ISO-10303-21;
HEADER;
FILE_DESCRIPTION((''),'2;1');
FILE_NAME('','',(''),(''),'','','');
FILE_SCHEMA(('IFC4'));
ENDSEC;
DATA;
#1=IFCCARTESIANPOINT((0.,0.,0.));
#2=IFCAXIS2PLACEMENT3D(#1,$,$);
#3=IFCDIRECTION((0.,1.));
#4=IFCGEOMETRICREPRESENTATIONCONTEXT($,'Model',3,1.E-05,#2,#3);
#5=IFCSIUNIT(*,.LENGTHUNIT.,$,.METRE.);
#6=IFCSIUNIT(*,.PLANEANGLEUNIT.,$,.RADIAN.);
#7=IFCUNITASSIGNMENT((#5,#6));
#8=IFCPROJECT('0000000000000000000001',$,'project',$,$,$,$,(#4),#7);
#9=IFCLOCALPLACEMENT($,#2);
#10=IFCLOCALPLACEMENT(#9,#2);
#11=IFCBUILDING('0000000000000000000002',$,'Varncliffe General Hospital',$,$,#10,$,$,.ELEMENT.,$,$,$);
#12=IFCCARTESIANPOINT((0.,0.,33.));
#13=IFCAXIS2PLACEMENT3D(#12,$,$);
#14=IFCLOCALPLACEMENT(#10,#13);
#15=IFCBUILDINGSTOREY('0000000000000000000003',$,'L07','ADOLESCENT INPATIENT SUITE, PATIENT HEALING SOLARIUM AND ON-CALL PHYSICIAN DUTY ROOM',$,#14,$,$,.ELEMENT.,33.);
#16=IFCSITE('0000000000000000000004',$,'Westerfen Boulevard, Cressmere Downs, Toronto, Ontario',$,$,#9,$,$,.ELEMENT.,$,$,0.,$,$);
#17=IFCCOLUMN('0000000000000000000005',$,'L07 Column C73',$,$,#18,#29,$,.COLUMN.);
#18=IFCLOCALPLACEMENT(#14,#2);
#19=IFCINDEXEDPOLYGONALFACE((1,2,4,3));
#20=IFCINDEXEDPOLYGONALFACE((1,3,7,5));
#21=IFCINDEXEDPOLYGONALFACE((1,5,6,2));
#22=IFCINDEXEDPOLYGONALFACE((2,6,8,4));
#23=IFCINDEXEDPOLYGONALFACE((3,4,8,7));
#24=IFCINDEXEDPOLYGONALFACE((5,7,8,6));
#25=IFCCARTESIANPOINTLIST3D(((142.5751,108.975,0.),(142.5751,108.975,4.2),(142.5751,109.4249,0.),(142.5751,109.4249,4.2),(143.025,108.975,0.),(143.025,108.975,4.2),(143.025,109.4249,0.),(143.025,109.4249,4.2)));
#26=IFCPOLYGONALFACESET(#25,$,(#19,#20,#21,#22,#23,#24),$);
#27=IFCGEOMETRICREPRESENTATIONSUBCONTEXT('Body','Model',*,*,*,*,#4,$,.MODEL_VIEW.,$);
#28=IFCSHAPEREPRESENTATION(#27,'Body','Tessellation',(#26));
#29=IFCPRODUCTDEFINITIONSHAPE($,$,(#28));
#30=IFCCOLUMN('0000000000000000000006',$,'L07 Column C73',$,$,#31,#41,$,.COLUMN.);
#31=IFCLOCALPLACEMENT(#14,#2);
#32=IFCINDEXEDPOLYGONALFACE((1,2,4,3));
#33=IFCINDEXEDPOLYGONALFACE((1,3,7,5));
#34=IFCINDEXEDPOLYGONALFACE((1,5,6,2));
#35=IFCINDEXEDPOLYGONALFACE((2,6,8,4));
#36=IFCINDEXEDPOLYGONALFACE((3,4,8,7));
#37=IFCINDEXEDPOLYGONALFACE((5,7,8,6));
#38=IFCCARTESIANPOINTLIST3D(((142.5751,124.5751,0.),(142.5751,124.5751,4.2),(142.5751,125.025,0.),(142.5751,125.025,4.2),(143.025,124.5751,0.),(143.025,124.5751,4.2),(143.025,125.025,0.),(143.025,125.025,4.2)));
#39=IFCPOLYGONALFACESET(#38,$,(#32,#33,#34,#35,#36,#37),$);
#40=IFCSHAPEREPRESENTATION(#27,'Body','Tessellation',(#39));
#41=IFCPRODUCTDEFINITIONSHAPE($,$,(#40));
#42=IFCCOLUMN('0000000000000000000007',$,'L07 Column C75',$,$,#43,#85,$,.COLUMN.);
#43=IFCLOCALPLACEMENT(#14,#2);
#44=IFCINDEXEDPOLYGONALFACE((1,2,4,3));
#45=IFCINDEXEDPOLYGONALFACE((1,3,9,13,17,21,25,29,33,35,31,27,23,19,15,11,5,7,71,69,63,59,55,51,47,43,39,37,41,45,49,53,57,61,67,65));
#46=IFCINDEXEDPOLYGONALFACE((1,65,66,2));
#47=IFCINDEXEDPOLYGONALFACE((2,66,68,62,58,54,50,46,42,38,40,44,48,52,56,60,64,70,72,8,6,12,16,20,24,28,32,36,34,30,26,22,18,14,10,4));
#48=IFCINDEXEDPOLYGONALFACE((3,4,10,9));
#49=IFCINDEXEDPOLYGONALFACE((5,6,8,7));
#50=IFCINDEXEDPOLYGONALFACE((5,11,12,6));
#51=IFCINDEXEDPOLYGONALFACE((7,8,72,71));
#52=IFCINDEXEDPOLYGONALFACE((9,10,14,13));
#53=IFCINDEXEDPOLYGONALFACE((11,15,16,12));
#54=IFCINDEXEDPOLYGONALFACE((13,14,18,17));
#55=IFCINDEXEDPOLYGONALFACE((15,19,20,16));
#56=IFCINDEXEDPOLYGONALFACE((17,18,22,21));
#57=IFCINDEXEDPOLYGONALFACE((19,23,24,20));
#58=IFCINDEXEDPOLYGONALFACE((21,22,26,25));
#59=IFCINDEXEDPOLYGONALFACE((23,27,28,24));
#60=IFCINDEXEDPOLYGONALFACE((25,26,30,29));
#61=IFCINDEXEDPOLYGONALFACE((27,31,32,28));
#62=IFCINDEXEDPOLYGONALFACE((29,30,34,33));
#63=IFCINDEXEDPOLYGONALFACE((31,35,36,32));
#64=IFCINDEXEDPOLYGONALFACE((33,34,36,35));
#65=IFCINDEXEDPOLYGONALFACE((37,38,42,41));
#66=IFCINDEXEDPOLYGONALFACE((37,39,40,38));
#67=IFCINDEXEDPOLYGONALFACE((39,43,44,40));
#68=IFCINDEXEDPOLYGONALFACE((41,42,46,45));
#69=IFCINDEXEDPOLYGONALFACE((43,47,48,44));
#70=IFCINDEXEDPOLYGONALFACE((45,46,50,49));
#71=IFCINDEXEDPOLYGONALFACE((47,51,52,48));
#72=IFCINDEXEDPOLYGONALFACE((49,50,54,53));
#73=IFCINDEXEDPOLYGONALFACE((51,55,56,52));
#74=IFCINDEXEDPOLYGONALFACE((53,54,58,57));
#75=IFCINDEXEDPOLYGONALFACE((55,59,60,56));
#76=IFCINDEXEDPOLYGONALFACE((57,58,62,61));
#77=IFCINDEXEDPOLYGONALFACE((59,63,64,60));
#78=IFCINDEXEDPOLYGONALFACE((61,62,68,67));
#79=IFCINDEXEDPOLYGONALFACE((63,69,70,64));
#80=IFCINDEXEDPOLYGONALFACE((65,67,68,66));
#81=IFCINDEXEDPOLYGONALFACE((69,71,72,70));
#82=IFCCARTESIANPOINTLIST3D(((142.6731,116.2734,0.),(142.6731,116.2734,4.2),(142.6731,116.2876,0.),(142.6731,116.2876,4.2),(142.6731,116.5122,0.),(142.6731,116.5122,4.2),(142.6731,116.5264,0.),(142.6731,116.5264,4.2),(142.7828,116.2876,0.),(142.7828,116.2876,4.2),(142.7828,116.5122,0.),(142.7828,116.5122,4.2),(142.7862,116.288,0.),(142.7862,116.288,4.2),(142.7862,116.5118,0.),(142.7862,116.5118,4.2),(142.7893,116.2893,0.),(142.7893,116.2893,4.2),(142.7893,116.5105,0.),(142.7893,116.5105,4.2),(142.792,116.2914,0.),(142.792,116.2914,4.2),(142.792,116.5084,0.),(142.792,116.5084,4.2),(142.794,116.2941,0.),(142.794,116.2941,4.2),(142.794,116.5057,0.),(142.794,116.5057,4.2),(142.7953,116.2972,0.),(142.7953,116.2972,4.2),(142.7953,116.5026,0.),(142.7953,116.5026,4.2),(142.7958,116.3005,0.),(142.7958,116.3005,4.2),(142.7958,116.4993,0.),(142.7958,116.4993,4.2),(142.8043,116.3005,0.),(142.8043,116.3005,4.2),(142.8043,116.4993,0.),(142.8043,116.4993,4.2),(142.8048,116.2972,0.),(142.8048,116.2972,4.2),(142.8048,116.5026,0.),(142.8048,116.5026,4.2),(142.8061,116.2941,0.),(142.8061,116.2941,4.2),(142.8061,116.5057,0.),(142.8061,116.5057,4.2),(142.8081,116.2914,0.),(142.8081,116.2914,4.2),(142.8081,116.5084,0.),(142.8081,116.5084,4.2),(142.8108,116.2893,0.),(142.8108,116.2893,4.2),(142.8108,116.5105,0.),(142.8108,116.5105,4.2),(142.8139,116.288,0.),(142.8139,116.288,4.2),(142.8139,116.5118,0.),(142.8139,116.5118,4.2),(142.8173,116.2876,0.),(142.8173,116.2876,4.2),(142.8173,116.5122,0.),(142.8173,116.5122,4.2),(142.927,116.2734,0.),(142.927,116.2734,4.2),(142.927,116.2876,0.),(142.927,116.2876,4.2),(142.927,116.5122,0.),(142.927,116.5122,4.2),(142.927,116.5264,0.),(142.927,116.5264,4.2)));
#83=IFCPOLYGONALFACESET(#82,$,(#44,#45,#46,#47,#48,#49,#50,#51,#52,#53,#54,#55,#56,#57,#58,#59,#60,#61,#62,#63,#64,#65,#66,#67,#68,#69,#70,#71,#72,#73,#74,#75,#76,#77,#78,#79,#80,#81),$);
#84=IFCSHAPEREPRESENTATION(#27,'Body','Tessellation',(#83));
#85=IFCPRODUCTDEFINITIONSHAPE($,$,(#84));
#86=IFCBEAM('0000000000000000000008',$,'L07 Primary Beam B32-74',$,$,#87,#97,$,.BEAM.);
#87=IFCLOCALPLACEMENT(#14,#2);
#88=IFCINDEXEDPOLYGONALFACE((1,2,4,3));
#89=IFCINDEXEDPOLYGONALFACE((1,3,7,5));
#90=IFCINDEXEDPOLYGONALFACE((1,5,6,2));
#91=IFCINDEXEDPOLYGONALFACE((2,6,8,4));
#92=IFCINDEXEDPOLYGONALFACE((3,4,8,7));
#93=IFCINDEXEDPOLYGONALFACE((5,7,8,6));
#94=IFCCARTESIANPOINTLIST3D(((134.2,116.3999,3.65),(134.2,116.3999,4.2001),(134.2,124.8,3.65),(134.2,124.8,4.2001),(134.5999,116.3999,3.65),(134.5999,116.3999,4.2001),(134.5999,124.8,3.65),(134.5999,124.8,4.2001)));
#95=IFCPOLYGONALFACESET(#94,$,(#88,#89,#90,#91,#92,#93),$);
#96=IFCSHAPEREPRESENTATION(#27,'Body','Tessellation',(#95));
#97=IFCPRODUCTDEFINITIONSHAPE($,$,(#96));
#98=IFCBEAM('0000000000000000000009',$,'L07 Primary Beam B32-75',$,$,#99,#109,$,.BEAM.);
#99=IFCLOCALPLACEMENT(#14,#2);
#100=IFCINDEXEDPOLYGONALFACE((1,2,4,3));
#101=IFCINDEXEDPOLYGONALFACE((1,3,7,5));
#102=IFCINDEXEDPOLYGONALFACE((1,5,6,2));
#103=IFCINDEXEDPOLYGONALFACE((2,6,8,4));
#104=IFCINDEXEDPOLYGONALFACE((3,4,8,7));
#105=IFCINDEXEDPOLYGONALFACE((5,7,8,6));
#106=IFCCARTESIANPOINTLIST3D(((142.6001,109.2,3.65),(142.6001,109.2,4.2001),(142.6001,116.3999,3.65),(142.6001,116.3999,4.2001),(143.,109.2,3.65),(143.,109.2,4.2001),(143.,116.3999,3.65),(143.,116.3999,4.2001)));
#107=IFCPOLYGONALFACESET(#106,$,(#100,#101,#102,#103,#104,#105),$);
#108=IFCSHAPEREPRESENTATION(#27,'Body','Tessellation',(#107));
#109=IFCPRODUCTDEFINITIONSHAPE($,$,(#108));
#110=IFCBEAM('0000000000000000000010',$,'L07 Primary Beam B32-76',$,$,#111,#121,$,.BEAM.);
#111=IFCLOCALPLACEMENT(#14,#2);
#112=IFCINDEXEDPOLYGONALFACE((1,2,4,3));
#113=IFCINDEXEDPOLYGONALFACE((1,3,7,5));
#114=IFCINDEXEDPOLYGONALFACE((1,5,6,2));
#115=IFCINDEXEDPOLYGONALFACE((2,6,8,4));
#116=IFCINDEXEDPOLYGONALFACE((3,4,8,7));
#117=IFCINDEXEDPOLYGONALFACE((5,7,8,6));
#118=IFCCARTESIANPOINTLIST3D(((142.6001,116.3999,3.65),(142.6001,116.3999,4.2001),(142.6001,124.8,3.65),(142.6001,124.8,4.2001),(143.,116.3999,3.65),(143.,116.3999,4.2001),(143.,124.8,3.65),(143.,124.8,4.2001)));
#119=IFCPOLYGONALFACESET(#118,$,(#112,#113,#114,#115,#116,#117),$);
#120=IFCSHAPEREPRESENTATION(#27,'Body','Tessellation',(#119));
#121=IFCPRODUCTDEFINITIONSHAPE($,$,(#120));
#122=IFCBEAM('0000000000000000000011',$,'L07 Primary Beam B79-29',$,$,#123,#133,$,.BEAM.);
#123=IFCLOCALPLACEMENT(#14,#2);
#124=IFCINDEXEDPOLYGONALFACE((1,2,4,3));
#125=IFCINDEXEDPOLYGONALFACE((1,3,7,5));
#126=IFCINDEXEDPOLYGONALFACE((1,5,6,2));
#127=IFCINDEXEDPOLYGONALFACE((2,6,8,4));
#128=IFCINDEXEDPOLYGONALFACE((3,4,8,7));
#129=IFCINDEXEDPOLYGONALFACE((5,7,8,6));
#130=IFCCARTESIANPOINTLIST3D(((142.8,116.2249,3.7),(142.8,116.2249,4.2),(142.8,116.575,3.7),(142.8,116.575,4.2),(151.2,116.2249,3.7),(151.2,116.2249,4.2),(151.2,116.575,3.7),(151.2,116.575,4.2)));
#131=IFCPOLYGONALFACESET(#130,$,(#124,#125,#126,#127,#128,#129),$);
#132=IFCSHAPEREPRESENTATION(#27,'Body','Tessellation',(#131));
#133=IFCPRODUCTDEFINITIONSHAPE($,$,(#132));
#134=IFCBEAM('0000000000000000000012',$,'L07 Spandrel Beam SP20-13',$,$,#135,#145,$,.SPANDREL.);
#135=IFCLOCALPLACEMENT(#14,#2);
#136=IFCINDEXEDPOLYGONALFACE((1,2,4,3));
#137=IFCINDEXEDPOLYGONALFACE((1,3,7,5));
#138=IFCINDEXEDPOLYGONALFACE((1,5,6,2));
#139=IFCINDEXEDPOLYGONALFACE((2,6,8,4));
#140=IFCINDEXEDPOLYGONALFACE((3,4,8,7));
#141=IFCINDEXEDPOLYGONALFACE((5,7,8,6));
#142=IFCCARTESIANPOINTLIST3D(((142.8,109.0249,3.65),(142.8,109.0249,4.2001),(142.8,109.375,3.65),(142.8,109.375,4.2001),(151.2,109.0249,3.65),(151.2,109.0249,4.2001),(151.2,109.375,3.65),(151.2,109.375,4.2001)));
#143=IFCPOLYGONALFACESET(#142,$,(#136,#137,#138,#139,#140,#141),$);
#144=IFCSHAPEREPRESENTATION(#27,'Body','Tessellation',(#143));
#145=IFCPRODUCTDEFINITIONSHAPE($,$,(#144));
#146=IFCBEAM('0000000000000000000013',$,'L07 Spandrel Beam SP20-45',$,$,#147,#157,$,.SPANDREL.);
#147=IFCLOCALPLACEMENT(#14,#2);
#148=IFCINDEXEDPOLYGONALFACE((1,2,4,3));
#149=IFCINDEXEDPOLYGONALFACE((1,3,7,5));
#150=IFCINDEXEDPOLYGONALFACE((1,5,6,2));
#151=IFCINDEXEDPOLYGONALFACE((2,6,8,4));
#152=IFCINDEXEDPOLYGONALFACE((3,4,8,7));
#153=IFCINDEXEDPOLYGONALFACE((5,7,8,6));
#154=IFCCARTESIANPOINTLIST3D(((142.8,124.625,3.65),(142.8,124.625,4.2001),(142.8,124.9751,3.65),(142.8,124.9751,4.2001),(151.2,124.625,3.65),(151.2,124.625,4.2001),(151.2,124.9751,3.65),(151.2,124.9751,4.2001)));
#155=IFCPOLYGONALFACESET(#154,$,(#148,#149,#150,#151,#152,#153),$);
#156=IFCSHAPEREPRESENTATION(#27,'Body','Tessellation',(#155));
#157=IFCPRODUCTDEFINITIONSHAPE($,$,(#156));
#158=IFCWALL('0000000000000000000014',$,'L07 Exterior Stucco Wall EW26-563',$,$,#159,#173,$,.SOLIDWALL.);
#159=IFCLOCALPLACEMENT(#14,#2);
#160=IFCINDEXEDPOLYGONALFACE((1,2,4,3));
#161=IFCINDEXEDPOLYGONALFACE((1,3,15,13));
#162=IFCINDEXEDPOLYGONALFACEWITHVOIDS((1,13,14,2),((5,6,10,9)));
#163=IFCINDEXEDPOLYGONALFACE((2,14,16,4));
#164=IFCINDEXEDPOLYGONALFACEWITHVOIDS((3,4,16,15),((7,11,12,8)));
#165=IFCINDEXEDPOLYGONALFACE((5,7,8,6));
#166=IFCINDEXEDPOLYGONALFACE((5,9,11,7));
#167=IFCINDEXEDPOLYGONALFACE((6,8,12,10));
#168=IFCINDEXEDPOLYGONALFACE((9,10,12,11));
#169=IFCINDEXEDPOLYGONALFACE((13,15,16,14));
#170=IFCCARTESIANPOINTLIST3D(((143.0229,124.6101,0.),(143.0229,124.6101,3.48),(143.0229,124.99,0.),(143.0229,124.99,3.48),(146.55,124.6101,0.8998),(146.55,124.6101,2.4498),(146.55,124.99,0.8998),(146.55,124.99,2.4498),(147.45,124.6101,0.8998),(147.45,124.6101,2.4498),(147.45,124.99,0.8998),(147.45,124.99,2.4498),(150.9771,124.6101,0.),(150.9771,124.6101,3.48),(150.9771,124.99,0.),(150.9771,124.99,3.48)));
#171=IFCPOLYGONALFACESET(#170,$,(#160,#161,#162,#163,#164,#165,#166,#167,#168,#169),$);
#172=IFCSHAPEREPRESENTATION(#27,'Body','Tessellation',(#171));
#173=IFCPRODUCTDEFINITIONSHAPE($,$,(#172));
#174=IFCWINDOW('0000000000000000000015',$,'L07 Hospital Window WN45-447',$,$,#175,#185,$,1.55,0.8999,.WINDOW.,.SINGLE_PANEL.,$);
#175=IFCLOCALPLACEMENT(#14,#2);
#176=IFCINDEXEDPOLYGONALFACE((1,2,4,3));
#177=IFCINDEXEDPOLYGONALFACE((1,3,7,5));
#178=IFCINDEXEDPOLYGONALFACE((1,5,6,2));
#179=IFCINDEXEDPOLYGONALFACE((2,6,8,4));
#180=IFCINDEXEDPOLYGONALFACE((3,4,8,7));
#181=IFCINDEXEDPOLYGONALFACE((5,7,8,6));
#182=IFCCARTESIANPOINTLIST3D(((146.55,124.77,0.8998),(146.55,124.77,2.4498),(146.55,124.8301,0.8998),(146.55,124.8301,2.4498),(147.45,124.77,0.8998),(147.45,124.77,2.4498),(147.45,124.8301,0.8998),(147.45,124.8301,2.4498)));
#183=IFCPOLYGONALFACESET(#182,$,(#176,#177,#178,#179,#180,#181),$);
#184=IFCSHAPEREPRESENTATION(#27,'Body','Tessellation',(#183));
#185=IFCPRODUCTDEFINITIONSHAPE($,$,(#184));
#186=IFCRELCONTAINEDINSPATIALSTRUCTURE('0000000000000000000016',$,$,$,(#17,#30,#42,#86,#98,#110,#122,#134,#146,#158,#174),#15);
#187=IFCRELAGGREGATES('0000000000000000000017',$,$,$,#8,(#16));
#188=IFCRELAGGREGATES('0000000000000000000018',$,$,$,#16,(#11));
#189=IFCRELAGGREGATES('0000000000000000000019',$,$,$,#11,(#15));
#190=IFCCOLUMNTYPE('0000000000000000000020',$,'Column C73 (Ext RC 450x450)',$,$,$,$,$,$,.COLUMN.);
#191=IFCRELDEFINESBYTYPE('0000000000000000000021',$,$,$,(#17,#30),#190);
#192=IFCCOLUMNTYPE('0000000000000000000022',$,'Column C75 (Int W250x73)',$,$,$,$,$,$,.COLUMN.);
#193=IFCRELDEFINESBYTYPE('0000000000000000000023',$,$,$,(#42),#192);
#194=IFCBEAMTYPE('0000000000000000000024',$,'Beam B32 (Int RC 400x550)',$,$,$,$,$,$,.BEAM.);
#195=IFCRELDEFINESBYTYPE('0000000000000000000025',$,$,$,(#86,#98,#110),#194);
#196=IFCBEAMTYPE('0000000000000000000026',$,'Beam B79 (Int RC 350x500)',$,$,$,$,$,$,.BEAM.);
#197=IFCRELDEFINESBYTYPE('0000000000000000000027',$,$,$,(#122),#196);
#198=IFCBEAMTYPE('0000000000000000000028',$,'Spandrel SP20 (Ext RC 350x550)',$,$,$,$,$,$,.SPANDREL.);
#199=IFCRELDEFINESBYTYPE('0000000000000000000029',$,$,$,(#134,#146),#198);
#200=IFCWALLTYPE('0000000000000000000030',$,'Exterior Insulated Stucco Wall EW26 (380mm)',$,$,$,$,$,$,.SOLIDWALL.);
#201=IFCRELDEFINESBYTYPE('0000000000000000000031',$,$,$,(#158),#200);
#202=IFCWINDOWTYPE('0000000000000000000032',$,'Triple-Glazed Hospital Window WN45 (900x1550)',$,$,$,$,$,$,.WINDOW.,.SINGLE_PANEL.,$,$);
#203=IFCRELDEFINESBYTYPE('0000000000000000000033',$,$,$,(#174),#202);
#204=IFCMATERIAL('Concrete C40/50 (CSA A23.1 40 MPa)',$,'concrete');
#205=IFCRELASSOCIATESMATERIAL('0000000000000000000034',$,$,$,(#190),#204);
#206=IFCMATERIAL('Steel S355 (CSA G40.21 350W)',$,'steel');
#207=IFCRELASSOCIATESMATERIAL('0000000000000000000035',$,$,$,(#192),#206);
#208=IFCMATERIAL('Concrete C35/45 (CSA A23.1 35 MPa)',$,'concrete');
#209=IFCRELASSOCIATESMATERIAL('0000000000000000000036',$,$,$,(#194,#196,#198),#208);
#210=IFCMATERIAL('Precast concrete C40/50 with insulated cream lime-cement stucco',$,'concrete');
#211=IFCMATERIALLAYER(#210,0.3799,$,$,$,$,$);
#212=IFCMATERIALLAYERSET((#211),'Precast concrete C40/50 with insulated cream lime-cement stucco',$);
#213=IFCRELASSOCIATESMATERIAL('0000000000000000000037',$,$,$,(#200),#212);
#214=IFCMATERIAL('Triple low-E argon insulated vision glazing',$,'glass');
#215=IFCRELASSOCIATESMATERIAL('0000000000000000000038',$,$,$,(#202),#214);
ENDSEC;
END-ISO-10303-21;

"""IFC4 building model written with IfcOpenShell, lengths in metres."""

from ifc_helpers import new_model, si_unit, direction, frame, frame_2d, origin, origin_2d, place, context, subcontext, project, spatial, rectangle, i_section, extrude, material, layer, layer_set, material_profile, profile_set, type_object, element, fill, save


model = new_model("IFC4")

# Units and contexts
model_context = context("Model", 3, precision=1e-05, world=origin(), true_north=direction((0.0, 1.0)))
body_context = subcontext(model_context, "Body", "Model", "MODEL_VIEW")
ifc_project = project(units=[si_unit("LENGTHUNIT", "METRE"), si_unit("PLANEANGLEUNIT", "RADIAN")], contexts=[model_context])

# Site, building, storey
site_placement = place(None, origin())
site = spatial("IfcSite", under=ifc_project, at=site_placement, Name="Westerfen Boulevard, Cressmere Downs, Toronto, Ontario", CompositionType="ELEMENT", RefElevation=0.0)
building_placement = place(site_placement, origin())
building = spatial("IfcBuilding", under=site, at=building_placement, Name="Varncliffe General Hospital", CompositionType="ELEMENT")
storey_placement = place(building_placement, frame((0.0, 0.0, 33.0)))
storey = spatial("IfcBuildingStorey", under=building, at=storey_placement, Name="L07", Description="ADOLESCENT INPATIENT SUITE, PATIENT HEALING SOLARIUM AND ON-CALL PHYSICIAN DUTY ROOM", CompositionType="ELEMENT", Elevation=33.0)

# Columns
ifc_material_1 = material(Name="Concrete C40/50 (CSA A23.1 40 MPa)", Category="concrete")
ifc_material_profile_1 = material_profile(ifc_material_1, rectangle(XDim=0.45, YDim=0.45, at=origin_2d()), Name="RC 450x450")
ifc_profile_set_1 = profile_set([ifc_material_profile_1], Name="Concrete C40/50 (CSA A23.1 40 MPa)")
column_type_1 = type_object("IfcColumnType", Name="Column C73 (Ext RC 450x450)", PredefinedType="COLUMN", material=ifc_profile_set_1)
for number, where, z_axis, x_axis, name in (
    (1, (142.8, 109.2, 0.0), (0.0, 0.0, 1.0), (1.0, 0.0, 0.0), "L07 Column C73"),
    (2, (142.8, 124.8, 0.0), (0.0, 0.0, 1.0), (1.0, 0.0, 0.0), "L07 Column C73"),
):
    element("IfcColumn", number, at=place(storey_placement, frame(where, z_axis=z_axis, x_axis=x_axis)), inside=storey, type_object=column_type_1, Name=name, PredefinedType="COLUMN", context=body_context, shape_type="SweptSolid", body=[
        extrude(rectangle(XDim=0.45, YDim=0.45, at=origin_2d()), origin(), (0.0, 0.0, 1.0), 4.2),
    ])
ifc_material_2 = material(Name="Steel S355 (CSA G40.21 350W)", Category="steel")
ifc_material_profile_2 = material_profile(ifc_material_2, i_section(OverallWidth=0.2539, OverallDepth=0.2529, WebThickness=0.0085, FlangeThickness=0.0142, FilletRadius=0.0129, at=origin_2d()), Name="W250x73")
ifc_profile_set_2 = profile_set([ifc_material_profile_2], Name="Steel S355 (CSA G40.21 350W)")
column_type_2 = type_object("IfcColumnType", Name="Column C75 (Int W250x73)", PredefinedType="COLUMN", material=ifc_profile_set_2)
column_placement = place(storey_placement, frame((142.8, 116.3999, 0.0), z_axis=(0.0, 0.0, 1.0), x_axis=(1.0, 0.0, 0.0)))
element("IfcColumn", 3, at=column_placement, inside=storey, type_object=column_type_2, Name="L07 Column C75", PredefinedType="COLUMN", context=body_context, shape_type="SweptSolid", body=[
    extrude(i_section(OverallWidth=0.2539, OverallDepth=0.2529, WebThickness=0.0085, FlangeThickness=0.0142, FilletRadius=0.0129, at=origin_2d()), origin(), (0.0, 0.0, 1.0), 4.2),
])

# Beams
ifc_material_3 = material(Name="Concrete C35/45 (CSA A23.1 35 MPa)", Category="concrete")
ifc_material_profile_3 = material_profile(ifc_material_3, rectangle(XDim=0.3999, YDim=0.55, at=origin_2d()), Name="RC 400x550")
ifc_profile_set_3 = profile_set([ifc_material_profile_3], Name="Concrete C35/45 (CSA A23.1 35 MPa)")
beam_type_1 = type_object("IfcBeamType", Name="Beam B32 (Int RC 400x550)", PredefinedType="BEAM", material=ifc_profile_set_3)
beam_1_placement = place(storey_placement, frame((134.3999, 116.3999, 3.925), z_axis=(0.0, 1.0, 0.0), x_axis=(-1.0, 0.0, 0.0)))
element("IfcBeam", 4, at=beam_1_placement, inside=storey, type_object=beam_type_1, Name="L07 Primary Beam B32-74", PredefinedType="BEAM", context=body_context, shape_type="SweptSolid", body=[
    extrude(rectangle(XDim=0.3999, YDim=0.55, at=origin_2d()), origin(), (0.0, 0.0, 1.0), 8.4001),
])
beam_2_placement = place(storey_placement, frame((142.8, 109.2, 3.925), z_axis=(0.0, 1.0, 0.0), x_axis=(-1.0, 0.0, 0.0)))
element("IfcBeam", 5, at=beam_2_placement, inside=storey, type_object=beam_type_1, Name="L07 Primary Beam B32-75", PredefinedType="BEAM", context=body_context, shape_type="SweptSolid", body=[
    extrude(rectangle(XDim=0.3999, YDim=0.55, at=origin_2d()), origin(), (0.0, 0.0, 1.0), 7.2),
])
beam_3_placement = place(storey_placement, frame((142.8, 116.3999, 3.925), z_axis=(0.0, 1.0, 0.0), x_axis=(-1.0, 0.0, 0.0)))
element("IfcBeam", 6, at=beam_3_placement, inside=storey, type_object=beam_type_1, Name="L07 Primary Beam B32-76", PredefinedType="BEAM", context=body_context, shape_type="SweptSolid", body=[
    extrude(rectangle(XDim=0.3999, YDim=0.55, at=origin_2d()), origin(), (0.0, 0.0, 1.0), 8.4001),
])
ifc_material_profile_4 = material_profile(ifc_material_3, rectangle(XDim=0.3501, YDim=0.5, at=origin_2d()), Name="RC 350x500")
ifc_profile_set_4 = profile_set([ifc_material_profile_4], Name="Concrete C35/45 (CSA A23.1 35 MPa)")
beam_type_2 = type_object("IfcBeamType", Name="Beam B79 (Int RC 350x500)", PredefinedType="BEAM", material=ifc_profile_set_4)
beam_4_placement = place(storey_placement, frame((142.8, 116.3999, 3.95), z_axis=(1.0, 0.0, 0.0), x_axis=(0.0, 1.0, 0.0)))
element("IfcBeam", 7, at=beam_4_placement, inside=storey, type_object=beam_type_2, Name="L07 Primary Beam B79-29", PredefinedType="BEAM", context=body_context, shape_type="SweptSolid", body=[
    extrude(rectangle(XDim=0.3501, YDim=0.5, at=origin_2d()), origin(), (0.0, 0.0, 1.0), 8.3999),
])
ifc_material_profile_5 = material_profile(ifc_material_3, rectangle(XDim=0.3501, YDim=0.55, at=origin_2d()), Name="RC 350x550")
ifc_profile_set_5 = profile_set([ifc_material_profile_5], Name="Concrete C35/45 (CSA A23.1 35 MPa)")
beam_type_3 = type_object("IfcBeamType", Name="Spandrel SP20 (Ext RC 350x550)", PredefinedType="SPANDREL", material=ifc_profile_set_5)
for number, where, z_axis, x_axis, name in (
    (8, (142.8, 109.2, 3.925), (1.0, 0.0, 0.0), (0.0, 1.0, 0.0), "L07 Spandrel Beam SP20-13"),
    (9, (142.8, 124.8, 3.925), (1.0, 0.0, 0.0), (0.0, 1.0, 0.0), "L07 Spandrel Beam SP20-45"),
):
    element("IfcBeam", number, at=place(storey_placement, frame(where, z_axis=z_axis, x_axis=x_axis)), inside=storey, type_object=beam_type_3, Name=name, PredefinedType="SPANDREL", context=body_context, shape_type="SweptSolid", body=[
        extrude(rectangle(XDim=0.3501, YDim=0.55, at=origin_2d()), origin(), (0.0, 0.0, 1.0), 8.3999),
    ])

# Wall, opening, window
ifc_material_4 = material(Name="Precast concrete C40/50 with insulated cream lime-cement stucco", Category="concrete")
ifc_layer_1 = layer(ifc_material_4, 0.3799)
ifc_layer_set_1 = layer_set([ifc_layer_1], Name="Precast concrete C40/50 with insulated cream lime-cement stucco")
wall_type_1 = type_object("IfcWallType", Name="Exterior Insulated Stucco Wall EW26 (380mm)", PredefinedType="SOLIDWALL", material=ifc_layer_set_1)
wall_1_placement = place(storey_placement, frame((143.0229, 124.8, 0.0), z_axis=(0.0, 0.0, 1.0), x_axis=(1.0, 0.0, 0.0)))
wall_1 = element("IfcWall", 10, at=wall_1_placement, inside=storey, type_object=wall_type_1, Name="L07 Exterior Stucco Wall EW26-563", PredefinedType="SOLIDWALL", context=body_context, shape_type="SweptSolid", body=[
    extrude(rectangle(XDim=7.9541, YDim=0.3799, at=frame_2d((3.9771, 0.0))), origin(), (0.0, 0.0, 1.0), 3.48),
])
opening_1_placement = place(wall_1_placement, frame((3.5271, 0.0, 0.8999)))
opening_1 = element("IfcOpeningElement", 11, at=opening_1_placement, cuts=wall_1, PredefinedType="OPENING", context=body_context, shape_type="SweptSolid", body=[
    extrude(rectangle(XDim=0.8999, YDim=1.55, at=frame_2d((0.45, 0.7749))), frame((0.0, 0.2, 0.0), z_axis=(0.0, -1.0, 0.0), x_axis=(1.0, 0.0, 0.0)), (0.0, 0.0, 1.0), 0.3999),
])
ifc_material_5 = material(Name="Triple low-E argon insulated vision glazing", Category="glass")
window_type_1 = type_object("IfcWindowType", Name="Triple-Glazed Hospital Window WN45 (900x1550)", PartitioningType="SINGLE_PANEL", PredefinedType="WINDOW", material=ifc_material_5)
window_1_placement = place(opening_1_placement, origin())
window_1 = element("IfcWindow", 12, at=window_1_placement, inside=storey, type_object=window_type_1, Name="L07 Hospital Window WN45-447", OverallHeight=1.55, OverallWidth=0.8999, PartitioningType="SINGLE_PANEL", PredefinedType="WINDOW", context=body_context, shape_type="SweptSolid", body=[
    extrude(rectangle(XDim=0.8999, YDim=1.55, at=frame_2d((0.45, 0.7749))), frame((0.0, 0.03, 0.0), z_axis=(0.0, -1.0, 0.0), x_axis=(1.0, 0.0, 0.0)), (0.0, 0.0, 1.0), 0.0601),
])
fill(opening_1, window_1)

save(model, "model.ifc")
